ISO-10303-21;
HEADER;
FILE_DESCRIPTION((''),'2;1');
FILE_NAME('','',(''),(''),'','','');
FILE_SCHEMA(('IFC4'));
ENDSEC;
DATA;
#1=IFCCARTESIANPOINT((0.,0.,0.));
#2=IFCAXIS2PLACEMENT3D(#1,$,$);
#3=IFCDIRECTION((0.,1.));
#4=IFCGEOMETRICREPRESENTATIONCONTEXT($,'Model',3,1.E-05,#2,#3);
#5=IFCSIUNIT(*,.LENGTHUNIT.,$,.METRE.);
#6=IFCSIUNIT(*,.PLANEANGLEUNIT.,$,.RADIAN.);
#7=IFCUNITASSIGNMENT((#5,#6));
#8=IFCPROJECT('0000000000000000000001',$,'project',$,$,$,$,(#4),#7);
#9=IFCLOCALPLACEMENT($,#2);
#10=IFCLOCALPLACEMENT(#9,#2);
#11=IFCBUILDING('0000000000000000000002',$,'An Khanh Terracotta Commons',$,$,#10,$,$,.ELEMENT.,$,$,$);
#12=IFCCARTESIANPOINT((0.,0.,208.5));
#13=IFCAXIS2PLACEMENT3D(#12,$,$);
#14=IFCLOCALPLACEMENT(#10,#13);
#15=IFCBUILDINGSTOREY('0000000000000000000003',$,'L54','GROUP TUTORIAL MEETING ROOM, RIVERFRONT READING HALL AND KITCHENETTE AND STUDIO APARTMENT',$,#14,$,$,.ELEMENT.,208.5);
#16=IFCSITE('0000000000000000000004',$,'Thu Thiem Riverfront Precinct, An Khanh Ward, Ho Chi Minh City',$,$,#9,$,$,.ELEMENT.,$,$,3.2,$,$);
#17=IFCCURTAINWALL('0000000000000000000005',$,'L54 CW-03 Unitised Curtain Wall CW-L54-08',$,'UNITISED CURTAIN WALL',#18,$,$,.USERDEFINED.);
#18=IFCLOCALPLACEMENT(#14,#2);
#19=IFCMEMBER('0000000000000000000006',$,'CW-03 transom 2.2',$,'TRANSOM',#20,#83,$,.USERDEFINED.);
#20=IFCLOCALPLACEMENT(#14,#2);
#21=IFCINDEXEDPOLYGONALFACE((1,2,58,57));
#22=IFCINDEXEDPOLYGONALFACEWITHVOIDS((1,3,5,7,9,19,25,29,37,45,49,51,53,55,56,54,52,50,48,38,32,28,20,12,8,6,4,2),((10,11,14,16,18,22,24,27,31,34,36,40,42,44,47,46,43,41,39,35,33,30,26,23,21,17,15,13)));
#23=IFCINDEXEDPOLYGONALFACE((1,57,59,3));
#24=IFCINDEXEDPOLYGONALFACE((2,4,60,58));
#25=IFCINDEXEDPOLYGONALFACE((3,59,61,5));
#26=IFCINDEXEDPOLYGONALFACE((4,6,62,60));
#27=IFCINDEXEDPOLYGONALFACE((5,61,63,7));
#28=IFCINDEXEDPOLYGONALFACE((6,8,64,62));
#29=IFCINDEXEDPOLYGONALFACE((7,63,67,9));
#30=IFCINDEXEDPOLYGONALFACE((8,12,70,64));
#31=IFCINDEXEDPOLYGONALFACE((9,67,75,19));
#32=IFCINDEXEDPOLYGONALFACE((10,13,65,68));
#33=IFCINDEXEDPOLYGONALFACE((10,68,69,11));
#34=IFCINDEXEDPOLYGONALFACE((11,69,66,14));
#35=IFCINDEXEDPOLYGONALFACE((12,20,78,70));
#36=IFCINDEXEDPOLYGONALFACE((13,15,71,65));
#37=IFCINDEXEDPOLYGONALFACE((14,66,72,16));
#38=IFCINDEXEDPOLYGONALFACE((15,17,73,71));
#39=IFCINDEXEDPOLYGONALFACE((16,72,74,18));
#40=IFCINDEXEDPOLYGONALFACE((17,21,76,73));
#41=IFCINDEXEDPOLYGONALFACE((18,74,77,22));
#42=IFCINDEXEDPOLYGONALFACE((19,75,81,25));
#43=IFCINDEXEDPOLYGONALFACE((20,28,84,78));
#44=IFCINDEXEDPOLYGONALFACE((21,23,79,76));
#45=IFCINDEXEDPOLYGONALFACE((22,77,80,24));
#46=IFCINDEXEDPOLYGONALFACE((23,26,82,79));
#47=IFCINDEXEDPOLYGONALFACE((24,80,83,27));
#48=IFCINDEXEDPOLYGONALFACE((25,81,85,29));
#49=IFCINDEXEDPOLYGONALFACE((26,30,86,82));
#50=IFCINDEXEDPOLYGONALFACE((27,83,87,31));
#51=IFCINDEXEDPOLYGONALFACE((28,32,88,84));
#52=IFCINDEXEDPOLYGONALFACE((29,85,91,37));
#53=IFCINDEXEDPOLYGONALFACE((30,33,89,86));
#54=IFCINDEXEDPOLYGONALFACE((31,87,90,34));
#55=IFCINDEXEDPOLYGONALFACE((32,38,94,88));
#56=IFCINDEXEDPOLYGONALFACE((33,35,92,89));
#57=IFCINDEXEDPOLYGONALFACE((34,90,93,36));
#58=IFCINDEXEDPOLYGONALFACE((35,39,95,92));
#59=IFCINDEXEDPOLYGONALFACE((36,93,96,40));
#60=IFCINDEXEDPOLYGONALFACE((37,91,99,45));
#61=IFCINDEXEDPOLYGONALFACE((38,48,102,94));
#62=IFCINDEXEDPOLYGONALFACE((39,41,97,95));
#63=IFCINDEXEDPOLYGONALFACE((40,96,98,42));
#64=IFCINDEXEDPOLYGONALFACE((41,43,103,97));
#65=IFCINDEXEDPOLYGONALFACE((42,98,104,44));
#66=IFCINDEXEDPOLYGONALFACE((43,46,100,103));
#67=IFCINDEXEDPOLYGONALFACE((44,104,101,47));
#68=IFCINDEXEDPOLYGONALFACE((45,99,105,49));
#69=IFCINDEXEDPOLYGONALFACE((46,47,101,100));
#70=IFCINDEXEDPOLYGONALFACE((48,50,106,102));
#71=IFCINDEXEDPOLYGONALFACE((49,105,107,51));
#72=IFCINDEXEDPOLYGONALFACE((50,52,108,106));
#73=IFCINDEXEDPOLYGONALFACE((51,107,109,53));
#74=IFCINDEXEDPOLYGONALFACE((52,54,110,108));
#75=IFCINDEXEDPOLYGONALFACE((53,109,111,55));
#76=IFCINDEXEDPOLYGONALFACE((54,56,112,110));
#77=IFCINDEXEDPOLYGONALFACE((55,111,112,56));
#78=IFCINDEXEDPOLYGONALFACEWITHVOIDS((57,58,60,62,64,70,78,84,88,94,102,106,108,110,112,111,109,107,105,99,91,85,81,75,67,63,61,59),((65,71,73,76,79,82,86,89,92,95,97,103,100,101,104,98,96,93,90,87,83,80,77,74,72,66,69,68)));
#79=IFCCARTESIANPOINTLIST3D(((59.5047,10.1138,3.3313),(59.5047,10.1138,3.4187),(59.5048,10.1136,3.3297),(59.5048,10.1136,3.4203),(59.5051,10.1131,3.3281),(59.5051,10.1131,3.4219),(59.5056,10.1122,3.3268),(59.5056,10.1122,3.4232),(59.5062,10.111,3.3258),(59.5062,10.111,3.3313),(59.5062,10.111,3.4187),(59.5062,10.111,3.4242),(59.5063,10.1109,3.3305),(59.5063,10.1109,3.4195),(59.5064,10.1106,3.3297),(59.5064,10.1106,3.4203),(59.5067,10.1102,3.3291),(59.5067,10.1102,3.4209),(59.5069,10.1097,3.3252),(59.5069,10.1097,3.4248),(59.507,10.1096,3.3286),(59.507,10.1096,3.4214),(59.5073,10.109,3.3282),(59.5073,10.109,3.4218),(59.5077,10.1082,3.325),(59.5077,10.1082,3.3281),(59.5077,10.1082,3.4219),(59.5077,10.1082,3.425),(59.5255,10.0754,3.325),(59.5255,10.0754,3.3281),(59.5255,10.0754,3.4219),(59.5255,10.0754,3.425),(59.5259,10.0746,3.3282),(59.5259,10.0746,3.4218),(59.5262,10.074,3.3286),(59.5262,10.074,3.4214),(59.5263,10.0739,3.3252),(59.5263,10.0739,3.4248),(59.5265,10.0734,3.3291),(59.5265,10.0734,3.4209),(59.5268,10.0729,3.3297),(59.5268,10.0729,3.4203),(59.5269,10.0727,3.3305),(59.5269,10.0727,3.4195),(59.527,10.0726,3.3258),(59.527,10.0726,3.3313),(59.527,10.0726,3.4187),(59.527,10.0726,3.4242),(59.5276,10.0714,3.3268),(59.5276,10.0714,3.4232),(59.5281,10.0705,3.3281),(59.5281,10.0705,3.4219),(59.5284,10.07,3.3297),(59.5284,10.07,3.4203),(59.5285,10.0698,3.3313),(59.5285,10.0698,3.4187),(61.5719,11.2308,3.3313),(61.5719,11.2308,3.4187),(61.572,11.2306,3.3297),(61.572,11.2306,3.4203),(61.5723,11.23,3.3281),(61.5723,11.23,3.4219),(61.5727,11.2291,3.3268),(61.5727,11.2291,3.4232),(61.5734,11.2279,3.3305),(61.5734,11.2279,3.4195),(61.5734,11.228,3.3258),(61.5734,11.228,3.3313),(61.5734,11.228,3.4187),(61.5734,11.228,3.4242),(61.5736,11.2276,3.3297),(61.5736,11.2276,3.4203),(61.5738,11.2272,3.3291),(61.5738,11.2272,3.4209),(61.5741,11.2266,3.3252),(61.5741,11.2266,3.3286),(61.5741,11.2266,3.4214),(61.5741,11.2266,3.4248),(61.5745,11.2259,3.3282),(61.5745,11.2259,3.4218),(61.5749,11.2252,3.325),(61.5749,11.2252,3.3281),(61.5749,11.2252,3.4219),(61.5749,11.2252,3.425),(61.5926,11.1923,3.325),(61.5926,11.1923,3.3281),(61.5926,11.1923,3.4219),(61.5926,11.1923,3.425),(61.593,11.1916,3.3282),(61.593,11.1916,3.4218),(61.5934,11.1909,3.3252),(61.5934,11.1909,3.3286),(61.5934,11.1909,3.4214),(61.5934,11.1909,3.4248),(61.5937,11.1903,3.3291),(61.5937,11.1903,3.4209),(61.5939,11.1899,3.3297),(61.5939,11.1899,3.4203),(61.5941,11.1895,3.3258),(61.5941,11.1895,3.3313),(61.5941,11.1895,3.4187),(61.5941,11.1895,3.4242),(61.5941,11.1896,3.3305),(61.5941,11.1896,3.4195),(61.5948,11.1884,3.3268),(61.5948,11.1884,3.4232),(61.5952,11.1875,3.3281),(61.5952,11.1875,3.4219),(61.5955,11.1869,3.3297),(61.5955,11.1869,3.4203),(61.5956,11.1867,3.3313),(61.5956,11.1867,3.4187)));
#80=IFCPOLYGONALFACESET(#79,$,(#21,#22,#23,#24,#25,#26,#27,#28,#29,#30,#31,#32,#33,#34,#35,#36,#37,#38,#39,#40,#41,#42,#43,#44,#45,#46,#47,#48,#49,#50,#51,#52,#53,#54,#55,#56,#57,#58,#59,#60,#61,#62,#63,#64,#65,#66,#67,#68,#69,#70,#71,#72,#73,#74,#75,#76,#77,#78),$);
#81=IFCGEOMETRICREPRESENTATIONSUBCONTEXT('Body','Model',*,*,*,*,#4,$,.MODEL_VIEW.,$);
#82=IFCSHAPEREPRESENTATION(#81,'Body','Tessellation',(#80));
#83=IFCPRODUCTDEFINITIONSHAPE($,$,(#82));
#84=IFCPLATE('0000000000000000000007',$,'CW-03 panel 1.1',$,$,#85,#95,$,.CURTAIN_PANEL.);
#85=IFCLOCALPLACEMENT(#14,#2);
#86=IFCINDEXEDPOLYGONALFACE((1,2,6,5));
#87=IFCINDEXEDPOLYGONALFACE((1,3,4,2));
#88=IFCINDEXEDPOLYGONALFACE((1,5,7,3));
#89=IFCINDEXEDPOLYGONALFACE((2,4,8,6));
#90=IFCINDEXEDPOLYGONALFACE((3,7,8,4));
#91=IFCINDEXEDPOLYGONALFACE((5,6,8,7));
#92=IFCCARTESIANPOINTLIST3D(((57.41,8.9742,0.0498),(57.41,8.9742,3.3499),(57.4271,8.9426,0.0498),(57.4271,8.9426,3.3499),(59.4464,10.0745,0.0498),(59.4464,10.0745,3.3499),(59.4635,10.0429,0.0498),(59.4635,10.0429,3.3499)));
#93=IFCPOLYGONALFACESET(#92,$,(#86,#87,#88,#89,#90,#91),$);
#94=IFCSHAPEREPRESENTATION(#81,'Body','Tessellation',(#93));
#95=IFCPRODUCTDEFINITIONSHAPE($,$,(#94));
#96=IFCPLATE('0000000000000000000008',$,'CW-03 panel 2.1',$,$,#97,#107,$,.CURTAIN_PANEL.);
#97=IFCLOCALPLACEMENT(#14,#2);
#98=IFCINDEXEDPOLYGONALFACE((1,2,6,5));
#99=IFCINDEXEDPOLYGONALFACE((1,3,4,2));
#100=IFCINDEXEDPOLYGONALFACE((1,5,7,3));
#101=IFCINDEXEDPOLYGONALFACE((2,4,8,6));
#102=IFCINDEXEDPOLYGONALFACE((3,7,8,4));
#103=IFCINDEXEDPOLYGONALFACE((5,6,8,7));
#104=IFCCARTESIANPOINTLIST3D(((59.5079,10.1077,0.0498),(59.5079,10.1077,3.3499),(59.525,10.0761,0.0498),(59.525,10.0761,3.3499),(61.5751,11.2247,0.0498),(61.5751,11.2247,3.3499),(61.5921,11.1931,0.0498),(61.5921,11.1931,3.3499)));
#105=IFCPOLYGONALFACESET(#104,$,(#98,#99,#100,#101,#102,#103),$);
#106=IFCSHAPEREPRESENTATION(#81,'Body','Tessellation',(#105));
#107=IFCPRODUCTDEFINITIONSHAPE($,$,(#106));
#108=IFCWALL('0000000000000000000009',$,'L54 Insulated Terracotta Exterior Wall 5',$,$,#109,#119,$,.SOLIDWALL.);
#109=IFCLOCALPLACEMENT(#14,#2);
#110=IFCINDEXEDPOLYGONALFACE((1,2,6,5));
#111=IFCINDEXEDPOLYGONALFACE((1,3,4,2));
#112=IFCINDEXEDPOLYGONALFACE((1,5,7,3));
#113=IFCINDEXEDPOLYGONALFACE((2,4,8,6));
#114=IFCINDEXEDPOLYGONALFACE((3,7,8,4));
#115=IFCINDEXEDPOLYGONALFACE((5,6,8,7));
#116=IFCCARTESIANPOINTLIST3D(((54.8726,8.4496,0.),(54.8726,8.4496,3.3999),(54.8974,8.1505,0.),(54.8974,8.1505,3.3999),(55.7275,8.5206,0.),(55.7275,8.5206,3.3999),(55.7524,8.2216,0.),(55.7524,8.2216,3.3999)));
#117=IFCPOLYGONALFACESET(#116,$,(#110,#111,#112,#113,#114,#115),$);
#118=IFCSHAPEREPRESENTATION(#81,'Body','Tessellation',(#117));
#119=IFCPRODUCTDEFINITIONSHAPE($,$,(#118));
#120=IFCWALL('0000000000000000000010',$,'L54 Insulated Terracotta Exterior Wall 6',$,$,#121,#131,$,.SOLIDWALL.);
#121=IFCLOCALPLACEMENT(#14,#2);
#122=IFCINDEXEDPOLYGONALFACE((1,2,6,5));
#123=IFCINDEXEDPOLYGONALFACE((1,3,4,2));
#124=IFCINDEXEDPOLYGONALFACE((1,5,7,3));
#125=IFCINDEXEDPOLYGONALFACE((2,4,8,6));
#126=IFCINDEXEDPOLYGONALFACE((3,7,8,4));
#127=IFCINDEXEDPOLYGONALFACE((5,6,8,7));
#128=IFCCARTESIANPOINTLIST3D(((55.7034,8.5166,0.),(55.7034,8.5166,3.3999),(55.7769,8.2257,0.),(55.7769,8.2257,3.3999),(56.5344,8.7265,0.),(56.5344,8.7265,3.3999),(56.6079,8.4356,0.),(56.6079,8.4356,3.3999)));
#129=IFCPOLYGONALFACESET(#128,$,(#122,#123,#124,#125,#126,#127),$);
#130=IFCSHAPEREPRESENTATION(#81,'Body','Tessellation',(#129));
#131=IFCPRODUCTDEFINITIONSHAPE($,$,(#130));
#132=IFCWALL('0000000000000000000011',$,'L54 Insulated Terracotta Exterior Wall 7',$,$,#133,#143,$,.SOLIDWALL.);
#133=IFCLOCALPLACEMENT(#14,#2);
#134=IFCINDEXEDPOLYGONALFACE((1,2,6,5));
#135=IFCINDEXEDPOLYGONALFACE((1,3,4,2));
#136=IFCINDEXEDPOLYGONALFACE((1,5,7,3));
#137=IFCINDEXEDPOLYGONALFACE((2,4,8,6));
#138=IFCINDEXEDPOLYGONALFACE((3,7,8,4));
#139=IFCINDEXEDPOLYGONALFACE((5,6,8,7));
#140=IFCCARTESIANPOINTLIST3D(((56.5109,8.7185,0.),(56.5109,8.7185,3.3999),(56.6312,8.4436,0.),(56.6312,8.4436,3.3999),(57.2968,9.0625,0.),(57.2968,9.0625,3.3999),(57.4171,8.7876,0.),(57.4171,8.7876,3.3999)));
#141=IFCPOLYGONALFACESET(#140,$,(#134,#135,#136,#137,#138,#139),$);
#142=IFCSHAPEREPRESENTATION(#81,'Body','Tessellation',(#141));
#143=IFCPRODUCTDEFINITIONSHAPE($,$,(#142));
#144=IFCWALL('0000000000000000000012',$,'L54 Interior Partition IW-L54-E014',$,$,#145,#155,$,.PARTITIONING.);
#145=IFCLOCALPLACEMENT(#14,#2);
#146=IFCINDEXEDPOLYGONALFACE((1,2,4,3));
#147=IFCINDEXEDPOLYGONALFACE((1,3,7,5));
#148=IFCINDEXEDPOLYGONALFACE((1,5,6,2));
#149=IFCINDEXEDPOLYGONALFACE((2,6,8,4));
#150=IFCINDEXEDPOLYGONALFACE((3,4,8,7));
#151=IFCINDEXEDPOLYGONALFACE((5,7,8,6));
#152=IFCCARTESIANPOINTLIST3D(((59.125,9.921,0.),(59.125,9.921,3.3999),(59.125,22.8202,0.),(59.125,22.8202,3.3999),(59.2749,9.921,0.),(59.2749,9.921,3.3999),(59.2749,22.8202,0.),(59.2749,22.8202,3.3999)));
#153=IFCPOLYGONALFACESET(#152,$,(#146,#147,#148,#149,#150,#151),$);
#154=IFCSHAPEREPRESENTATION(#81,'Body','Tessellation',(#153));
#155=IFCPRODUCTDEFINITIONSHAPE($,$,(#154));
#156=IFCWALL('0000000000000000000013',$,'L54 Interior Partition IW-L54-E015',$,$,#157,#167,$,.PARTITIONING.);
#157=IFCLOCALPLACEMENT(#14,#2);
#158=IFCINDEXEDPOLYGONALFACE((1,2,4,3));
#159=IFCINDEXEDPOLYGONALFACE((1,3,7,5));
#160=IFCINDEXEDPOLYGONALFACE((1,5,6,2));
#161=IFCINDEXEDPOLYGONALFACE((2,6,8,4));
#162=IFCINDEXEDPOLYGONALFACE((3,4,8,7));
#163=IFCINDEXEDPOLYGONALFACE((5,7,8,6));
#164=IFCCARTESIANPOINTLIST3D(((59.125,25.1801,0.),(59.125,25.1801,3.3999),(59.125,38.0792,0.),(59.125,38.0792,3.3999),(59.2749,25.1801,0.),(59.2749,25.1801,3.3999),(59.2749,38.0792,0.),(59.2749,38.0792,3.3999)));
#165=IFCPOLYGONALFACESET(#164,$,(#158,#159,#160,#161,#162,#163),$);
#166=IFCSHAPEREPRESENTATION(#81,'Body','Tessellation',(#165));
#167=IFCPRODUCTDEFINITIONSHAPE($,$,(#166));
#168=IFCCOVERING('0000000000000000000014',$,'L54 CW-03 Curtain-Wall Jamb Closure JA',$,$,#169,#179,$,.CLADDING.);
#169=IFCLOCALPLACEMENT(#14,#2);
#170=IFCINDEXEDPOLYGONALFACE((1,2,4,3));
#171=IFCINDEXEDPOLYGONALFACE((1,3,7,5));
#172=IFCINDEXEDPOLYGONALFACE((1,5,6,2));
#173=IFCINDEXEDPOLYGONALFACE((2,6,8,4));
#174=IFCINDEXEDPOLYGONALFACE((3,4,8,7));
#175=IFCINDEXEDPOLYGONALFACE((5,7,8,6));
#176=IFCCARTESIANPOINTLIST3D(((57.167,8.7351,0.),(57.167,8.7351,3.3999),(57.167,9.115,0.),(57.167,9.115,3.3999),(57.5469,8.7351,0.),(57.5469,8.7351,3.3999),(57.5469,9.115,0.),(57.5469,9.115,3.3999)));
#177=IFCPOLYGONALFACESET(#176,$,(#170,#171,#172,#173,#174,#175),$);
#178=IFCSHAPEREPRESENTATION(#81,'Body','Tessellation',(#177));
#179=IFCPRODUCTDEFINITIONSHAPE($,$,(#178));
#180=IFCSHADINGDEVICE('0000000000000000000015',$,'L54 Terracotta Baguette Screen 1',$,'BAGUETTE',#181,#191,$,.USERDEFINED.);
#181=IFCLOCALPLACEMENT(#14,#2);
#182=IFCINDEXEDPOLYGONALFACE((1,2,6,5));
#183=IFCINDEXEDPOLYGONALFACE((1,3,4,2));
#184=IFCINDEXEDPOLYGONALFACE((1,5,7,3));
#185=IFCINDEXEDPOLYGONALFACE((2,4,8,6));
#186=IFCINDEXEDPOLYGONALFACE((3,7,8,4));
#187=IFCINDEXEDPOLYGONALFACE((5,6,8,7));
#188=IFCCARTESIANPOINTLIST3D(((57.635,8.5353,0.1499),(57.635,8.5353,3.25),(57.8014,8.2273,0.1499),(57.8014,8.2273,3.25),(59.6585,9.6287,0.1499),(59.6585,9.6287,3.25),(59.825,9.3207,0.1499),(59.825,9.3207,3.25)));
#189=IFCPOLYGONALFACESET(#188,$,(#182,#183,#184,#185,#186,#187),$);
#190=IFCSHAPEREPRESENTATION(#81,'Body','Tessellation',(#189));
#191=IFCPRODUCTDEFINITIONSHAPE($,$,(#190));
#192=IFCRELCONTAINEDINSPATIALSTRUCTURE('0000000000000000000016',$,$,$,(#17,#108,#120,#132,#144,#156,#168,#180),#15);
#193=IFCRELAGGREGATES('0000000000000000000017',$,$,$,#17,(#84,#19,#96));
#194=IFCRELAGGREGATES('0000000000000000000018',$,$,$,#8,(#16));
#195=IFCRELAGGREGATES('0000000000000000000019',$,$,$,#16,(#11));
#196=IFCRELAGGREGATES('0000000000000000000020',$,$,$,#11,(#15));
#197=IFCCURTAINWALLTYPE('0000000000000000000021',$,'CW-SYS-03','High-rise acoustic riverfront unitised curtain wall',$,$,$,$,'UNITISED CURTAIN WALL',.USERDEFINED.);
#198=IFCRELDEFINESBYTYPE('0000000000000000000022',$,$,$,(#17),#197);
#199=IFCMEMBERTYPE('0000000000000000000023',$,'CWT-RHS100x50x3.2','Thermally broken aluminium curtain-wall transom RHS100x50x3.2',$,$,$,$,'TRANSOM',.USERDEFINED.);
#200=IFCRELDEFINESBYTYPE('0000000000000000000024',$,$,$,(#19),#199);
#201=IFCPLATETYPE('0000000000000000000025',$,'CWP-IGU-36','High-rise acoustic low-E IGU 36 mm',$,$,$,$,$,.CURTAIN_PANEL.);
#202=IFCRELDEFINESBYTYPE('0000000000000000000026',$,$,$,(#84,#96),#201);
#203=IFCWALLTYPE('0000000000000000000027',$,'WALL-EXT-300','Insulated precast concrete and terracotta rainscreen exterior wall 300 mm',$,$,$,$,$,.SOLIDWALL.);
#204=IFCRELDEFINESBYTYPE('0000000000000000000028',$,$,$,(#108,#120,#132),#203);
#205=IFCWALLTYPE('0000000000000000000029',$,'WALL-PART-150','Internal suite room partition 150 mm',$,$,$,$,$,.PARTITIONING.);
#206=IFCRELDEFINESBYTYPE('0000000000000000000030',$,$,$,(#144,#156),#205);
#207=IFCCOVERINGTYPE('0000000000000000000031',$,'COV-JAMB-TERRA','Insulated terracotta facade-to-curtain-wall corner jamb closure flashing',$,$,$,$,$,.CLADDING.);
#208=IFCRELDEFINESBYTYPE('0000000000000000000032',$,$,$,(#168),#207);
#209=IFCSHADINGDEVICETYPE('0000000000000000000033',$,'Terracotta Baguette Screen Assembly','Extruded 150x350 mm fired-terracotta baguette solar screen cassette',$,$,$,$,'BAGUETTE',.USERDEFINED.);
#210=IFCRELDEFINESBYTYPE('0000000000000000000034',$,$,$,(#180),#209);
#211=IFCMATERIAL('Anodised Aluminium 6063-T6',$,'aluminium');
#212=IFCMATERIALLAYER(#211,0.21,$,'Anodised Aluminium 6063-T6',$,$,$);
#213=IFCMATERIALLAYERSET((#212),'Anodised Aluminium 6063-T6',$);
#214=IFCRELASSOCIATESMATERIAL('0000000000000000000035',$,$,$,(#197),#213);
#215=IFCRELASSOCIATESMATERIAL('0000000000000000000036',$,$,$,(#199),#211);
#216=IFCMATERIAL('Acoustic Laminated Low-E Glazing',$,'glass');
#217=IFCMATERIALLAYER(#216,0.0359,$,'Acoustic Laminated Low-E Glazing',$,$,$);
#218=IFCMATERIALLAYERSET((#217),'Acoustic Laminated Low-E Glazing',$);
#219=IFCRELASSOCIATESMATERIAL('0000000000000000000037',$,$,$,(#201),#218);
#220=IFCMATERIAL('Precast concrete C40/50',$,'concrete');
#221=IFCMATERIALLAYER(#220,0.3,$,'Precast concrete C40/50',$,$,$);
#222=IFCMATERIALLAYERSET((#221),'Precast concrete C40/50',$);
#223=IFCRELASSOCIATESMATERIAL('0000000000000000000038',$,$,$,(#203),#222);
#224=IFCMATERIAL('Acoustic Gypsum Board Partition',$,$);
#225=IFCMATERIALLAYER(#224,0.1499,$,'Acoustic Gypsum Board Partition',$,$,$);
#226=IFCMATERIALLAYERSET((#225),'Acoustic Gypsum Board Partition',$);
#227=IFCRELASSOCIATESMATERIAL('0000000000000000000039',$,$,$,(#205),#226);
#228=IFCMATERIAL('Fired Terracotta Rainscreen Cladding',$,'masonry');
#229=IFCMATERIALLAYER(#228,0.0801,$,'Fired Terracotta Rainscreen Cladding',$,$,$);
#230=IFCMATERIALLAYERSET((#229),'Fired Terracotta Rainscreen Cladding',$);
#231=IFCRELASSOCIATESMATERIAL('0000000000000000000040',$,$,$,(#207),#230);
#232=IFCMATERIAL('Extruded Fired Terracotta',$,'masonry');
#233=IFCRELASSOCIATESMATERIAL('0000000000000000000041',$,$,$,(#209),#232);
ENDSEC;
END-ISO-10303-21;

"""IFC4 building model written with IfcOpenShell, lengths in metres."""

from ifc_helpers import new_model, si_unit, direction, frame, frame_2d, origin, origin_2d, place, context, subcontext, project, spatial, rectangle, hollow_rectangle, extrude, material, layer, layer_set, material_profile, profile_set, type_object, element, aggregate, save


model = new_model("IFC4")

# Units and contexts
model_context = context("Model", 3, precision=1e-05, world=origin(), true_north=direction((0.0, 1.0)))
body_context = subcontext(model_context, "Body", "Model", "MODEL_VIEW")
ifc_project = project(units=[si_unit("LENGTHUNIT", "METRE"), si_unit("PLANEANGLEUNIT", "RADIAN")], contexts=[model_context])

# Site, building, storey
site_placement = place(None, origin())
site = spatial("IfcSite", under=ifc_project, at=site_placement, Name="Thu Thiem Riverfront Precinct, An Khanh Ward, Ho Chi Minh City", CompositionType="ELEMENT", RefElevation=3.2)
building_placement = place(site_placement, origin())
building = spatial("IfcBuilding", under=site, at=building_placement, Name="An Khanh Terracotta Commons", CompositionType="ELEMENT")
storey_placement = place(building_placement, frame((0.0, 0.0, 208.5)))
storey = spatial("IfcBuildingStorey", under=building, at=storey_placement, Name="L54", Description="GROUP TUTORIAL MEETING ROOM, RIVERFRONT READING HALL AND KITCHENETTE AND STUDIO APARTMENT", CompositionType="ELEMENT", Elevation=208.5)

# Curtain wall, member, plates
ifc_material_1 = material(Name="Anodised Aluminium 6063-T6", Category="aluminium")
ifc_layer_1 = layer(ifc_material_1, 0.21, Name="Anodised Aluminium 6063-T6")
ifc_layer_set_1 = layer_set([ifc_layer_1], Name="Anodised Aluminium 6063-T6")
curtain_wall_type = type_object("IfcCurtainWallType", Name="CW-SYS-03", Description="High-rise acoustic riverfront unitised curtain wall", ElementType="UNITISED CURTAIN WALL", PredefinedType="USERDEFINED", material=ifc_layer_set_1)
curtain_wall_placement = place(storey_placement, origin())
curtain_wall = element("IfcCurtainWall", 1, at=curtain_wall_placement, inside=storey, type_object=curtain_wall_type, Name="L54 CW-03 Unitised Curtain Wall CW-L54-08", ObjectType="UNITISED CURTAIN WALL", PredefinedType="USERDEFINED")
ifc_material_profile_1 = material_profile(ifc_material_1, hollow_rectangle(XDim=0.05, YDim=0.1001, WallThickness=0.0032, InnerFilletRadius=0.0032, OuterFilletRadius=0.0063, at=origin_2d()), Name="RHS100x50x3.2")
ifc_profile_set_1 = profile_set([ifc_material_profile_1], Name="Anodised Aluminium 6063-T6")
member_type_1 = type_object("IfcMemberType", Name="CWT-RHS100x50x3.2", Description="Thermally broken aluminium curtain-wall transom RHS100x50x3.2", ElementType="TRANSOM", PredefinedType="USERDEFINED", material=ifc_profile_set_1)
member_1_placement = place(storey_placement, frame((59.5166, 10.0918, 3.375), z_axis=(0.879783, 0.475376, 0.0), x_axis=(-0.475376, 0.879783, 0.0)))
member_1 = element("IfcMember", 2, at=member_1_placement, type_object=member_type_1, Name="CW-03 transom 2.2", ObjectType="TRANSOM", PredefinedType="USERDEFINED", context=body_context, shape_type="SweptSolid", body=[
    extrude(hollow_rectangle(XDim=0.05, YDim=0.1001, WallThickness=0.0032, InnerFilletRadius=0.0032, OuterFilletRadius=0.0063, at=origin_2d()), origin(), (0.0, 0.0, 1.0), 2.3496),
])
ifc_material_2 = material(Name="Acoustic Laminated Low-E Glazing", Category="glass")
ifc_layer_2 = layer(ifc_material_2, 0.0359, Name="Acoustic Laminated Low-E Glazing")
ifc_layer_set_2 = layer_set([ifc_layer_2], Name="Acoustic Laminated Low-E Glazing")
plate_type = type_object("IfcPlateType", Name="CWP-IGU-36", Description="High-rise acoustic low-E IGU 36 mm", PredefinedType="CURTAIN_PANEL", material=ifc_layer_set_2)
plate_1_placement = place(storey_placement, frame((58.4368, 9.5085, 0.0498), z_axis=(0.0, 0.0, 1.0), x_axis=(0.87978, 0.475381, 0.0)))
plate_1 = element("IfcPlate", 3, at=plate_1_placement, type_object=plate_type, Name="CW-03 panel 1.1", PredefinedType="CURTAIN_PANEL", context=body_context, shape_type="SweptSolid", body=[
    extrude(rectangle(XDim=2.3147, YDim=0.0359, at=origin_2d()), origin(), (0.0, 0.0, 1.0), 3.3),
])
plate_2_placement = place(storey_placement, frame((60.55, 10.6504, 0.0498), z_axis=(0.0, 0.0, 1.0), x_axis=(0.87978, 0.475381, 0.0)))
plate_2 = element("IfcPlate", 4, at=plate_2_placement, type_object=plate_type, Name="CW-03 panel 2.1", PredefinedType="CURTAIN_PANEL", context=body_context, shape_type="SweptSolid", body=[
    extrude(rectangle(XDim=2.3496, YDim=0.0359, at=origin_2d()), origin(), (0.0, 0.0, 1.0), 3.3),
])
aggregate(curtain_wall, [plate_1, member_1, plate_2])

# Walls
ifc_material_3 = material(Name="Precast concrete C40/50", Category="concrete")
ifc_layer_3 = layer(ifc_material_3, 0.3, Name="Precast concrete C40/50")
ifc_layer_set_3 = layer_set([ifc_layer_3], Name="Precast concrete C40/50")
wall_type_1 = type_object("IfcWallType", Name="WALL-EXT-300", Description="Insulated precast concrete and terracotta rainscreen exterior wall 300 mm", PredefinedType="SOLIDWALL", material=ifc_layer_set_3)
wall_1_placement = place(storey_placement, frame((54.885, 8.3, 0.0), z_axis=(0.0, 0.0, 1.0), x_axis=(0.996565, 0.08281, 0.0)))
element("IfcWall", 5, at=wall_1_placement, inside=storey, type_object=wall_type_1, Name="L54 Insulated Terracotta Exterior Wall 5", PredefinedType="SOLIDWALL", context=body_context, shape_type="SweptSolid", body=[
    extrude(rectangle(XDim=0.8579, YDim=0.3, at=frame_2d((0.429, 0.0))), origin(), (0.0, 0.0, 1.0), 3.3999),
])
wall_2_placement = place(storey_placement, frame((55.74, 8.3711, 0.0), z_axis=(0.0, 0.0, 1.0), x_axis=(0.969536, 0.244947, 0.0)))
element("IfcWall", 6, at=wall_2_placement, inside=storey, type_object=wall_type_1, Name="L54 Insulated Terracotta Exterior Wall 6", PredefinedType="SOLIDWALL", context=body_context, shape_type="SweptSolid", body=[
    extrude(rectangle(XDim=0.8572, YDim=0.3, at=frame_2d((0.4287, 0.0))), origin(), (0.0, 0.0, 1.0), 3.3999),
])
wall_3_placement = place(storey_placement, frame((56.571, 8.5811, 0.0), z_axis=(0.0, 0.0, 1.0), x_axis=(0.916085, 0.400983, 0.0)))
element("IfcWall", 7, at=wall_3_placement, inside=storey, type_object=wall_type_1, Name="L54 Insulated Terracotta Exterior Wall 7", PredefinedType="SOLIDWALL", context=body_context, shape_type="SweptSolid", body=[
    extrude(rectangle(XDim=0.8579, YDim=0.3, at=frame_2d((0.429, 0.0))), origin(), (0.0, 0.0, 1.0), 3.3999),
])
ifc_material_4 = material(Name="Acoustic Gypsum Board Partition")
ifc_layer_4 = layer(ifc_material_4, 0.1499, Name="Acoustic Gypsum Board Partition")
ifc_layer_set_4 = layer_set([ifc_layer_4], Name="Acoustic Gypsum Board Partition")
wall_type_2 = type_object("IfcWallType", Name="WALL-PART-150", Description="Internal suite room partition 150 mm", PredefinedType="PARTITIONING", material=ifc_layer_set_4)
for number, where, z_axis, x_axis, name in (
    (8, (59.2, 9.9209, 0.0), (0.0, 0.0, 1.0), (0.0, 1.0, 0.0), "L54 Interior Partition IW-L54-E014"),
    (9, (59.2, 25.1799, 0.0), (0.0, 0.0, 1.0), (0.0, 1.0, 0.0), "L54 Interior Partition IW-L54-E015"),
):
    element("IfcWall", number, at=place(storey_placement, frame(where, z_axis=z_axis, x_axis=x_axis)), inside=storey, type_object=wall_type_2, Name=name, PredefinedType="PARTITIONING", context=body_context, shape_type="SweptSolid", body=[
        extrude(rectangle(XDim=12.8992, YDim=0.1499, at=frame_2d((6.4497, 0.0))), origin(), (0.0, 0.0, 1.0), 3.3999),
    ])

# Covering
ifc_material_5 = material(Name="Fired Terracotta Rainscreen Cladding", Category="masonry")
ifc_layer_5 = layer(ifc_material_5, 0.0801, Name="Fired Terracotta Rainscreen Cladding")
ifc_layer_set_5 = layer_set([ifc_layer_5], Name="Fired Terracotta Rainscreen Cladding")
covering_type = type_object("IfcCoveringType", Name="COV-JAMB-TERRA", Description="Insulated terracotta facade-to-curtain-wall corner jamb closure flashing", PredefinedType="CLADDING", material=ifc_layer_set_5)
covering_placement = place(storey_placement, frame((57.3569, 8.925, 0.0), z_axis=(0.0, 0.0, 1.0), x_axis=(1.0, 0.0, 0.0)))
element("IfcCovering", 10, at=covering_placement, inside=storey, type_object=covering_type, Name="L54 CW-03 Curtain-Wall Jamb Closure JA", PredefinedType="CLADDING", context=body_context, shape_type="SweptSolid", body=[
    extrude(rectangle(XDim=0.3799, YDim=0.3799, at=origin_2d()), origin(), (0.0, 0.0, 1.0), 3.3999),
])

# Shading device
ifc_material_6 = material(Name="Extruded Fired Terracotta", Category="masonry")
shading_device_type = type_object("IfcShadingDeviceType", Name="Terracotta Baguette Screen Assembly", Description="Extruded 150x350 mm fired-terracotta baguette solar screen cassette", ElementType="BAGUETTE", PredefinedType="USERDEFINED", material=ifc_material_6)
shading_device_placement = place(storey_placement, frame((58.73, 8.928, 0.1499), z_axis=(0.0, 0.0, 1.0), x_axis=(0.87978, 0.475381, 0.0)))
element("IfcShadingDevice", 11, at=shading_device_placement, inside=storey, type_object=shading_device_type, Name="L54 Terracotta Baguette Screen 1", ObjectType="BAGUETTE", PredefinedType="USERDEFINED", context=body_context, shape_type="SweptSolid", body=[
    extrude(rectangle(XDim=2.3, YDim=0.3501, at=origin_2d()), origin(), (0.0, 0.0, 1.0), 3.1001),
])

save(model, "model.ifc")
